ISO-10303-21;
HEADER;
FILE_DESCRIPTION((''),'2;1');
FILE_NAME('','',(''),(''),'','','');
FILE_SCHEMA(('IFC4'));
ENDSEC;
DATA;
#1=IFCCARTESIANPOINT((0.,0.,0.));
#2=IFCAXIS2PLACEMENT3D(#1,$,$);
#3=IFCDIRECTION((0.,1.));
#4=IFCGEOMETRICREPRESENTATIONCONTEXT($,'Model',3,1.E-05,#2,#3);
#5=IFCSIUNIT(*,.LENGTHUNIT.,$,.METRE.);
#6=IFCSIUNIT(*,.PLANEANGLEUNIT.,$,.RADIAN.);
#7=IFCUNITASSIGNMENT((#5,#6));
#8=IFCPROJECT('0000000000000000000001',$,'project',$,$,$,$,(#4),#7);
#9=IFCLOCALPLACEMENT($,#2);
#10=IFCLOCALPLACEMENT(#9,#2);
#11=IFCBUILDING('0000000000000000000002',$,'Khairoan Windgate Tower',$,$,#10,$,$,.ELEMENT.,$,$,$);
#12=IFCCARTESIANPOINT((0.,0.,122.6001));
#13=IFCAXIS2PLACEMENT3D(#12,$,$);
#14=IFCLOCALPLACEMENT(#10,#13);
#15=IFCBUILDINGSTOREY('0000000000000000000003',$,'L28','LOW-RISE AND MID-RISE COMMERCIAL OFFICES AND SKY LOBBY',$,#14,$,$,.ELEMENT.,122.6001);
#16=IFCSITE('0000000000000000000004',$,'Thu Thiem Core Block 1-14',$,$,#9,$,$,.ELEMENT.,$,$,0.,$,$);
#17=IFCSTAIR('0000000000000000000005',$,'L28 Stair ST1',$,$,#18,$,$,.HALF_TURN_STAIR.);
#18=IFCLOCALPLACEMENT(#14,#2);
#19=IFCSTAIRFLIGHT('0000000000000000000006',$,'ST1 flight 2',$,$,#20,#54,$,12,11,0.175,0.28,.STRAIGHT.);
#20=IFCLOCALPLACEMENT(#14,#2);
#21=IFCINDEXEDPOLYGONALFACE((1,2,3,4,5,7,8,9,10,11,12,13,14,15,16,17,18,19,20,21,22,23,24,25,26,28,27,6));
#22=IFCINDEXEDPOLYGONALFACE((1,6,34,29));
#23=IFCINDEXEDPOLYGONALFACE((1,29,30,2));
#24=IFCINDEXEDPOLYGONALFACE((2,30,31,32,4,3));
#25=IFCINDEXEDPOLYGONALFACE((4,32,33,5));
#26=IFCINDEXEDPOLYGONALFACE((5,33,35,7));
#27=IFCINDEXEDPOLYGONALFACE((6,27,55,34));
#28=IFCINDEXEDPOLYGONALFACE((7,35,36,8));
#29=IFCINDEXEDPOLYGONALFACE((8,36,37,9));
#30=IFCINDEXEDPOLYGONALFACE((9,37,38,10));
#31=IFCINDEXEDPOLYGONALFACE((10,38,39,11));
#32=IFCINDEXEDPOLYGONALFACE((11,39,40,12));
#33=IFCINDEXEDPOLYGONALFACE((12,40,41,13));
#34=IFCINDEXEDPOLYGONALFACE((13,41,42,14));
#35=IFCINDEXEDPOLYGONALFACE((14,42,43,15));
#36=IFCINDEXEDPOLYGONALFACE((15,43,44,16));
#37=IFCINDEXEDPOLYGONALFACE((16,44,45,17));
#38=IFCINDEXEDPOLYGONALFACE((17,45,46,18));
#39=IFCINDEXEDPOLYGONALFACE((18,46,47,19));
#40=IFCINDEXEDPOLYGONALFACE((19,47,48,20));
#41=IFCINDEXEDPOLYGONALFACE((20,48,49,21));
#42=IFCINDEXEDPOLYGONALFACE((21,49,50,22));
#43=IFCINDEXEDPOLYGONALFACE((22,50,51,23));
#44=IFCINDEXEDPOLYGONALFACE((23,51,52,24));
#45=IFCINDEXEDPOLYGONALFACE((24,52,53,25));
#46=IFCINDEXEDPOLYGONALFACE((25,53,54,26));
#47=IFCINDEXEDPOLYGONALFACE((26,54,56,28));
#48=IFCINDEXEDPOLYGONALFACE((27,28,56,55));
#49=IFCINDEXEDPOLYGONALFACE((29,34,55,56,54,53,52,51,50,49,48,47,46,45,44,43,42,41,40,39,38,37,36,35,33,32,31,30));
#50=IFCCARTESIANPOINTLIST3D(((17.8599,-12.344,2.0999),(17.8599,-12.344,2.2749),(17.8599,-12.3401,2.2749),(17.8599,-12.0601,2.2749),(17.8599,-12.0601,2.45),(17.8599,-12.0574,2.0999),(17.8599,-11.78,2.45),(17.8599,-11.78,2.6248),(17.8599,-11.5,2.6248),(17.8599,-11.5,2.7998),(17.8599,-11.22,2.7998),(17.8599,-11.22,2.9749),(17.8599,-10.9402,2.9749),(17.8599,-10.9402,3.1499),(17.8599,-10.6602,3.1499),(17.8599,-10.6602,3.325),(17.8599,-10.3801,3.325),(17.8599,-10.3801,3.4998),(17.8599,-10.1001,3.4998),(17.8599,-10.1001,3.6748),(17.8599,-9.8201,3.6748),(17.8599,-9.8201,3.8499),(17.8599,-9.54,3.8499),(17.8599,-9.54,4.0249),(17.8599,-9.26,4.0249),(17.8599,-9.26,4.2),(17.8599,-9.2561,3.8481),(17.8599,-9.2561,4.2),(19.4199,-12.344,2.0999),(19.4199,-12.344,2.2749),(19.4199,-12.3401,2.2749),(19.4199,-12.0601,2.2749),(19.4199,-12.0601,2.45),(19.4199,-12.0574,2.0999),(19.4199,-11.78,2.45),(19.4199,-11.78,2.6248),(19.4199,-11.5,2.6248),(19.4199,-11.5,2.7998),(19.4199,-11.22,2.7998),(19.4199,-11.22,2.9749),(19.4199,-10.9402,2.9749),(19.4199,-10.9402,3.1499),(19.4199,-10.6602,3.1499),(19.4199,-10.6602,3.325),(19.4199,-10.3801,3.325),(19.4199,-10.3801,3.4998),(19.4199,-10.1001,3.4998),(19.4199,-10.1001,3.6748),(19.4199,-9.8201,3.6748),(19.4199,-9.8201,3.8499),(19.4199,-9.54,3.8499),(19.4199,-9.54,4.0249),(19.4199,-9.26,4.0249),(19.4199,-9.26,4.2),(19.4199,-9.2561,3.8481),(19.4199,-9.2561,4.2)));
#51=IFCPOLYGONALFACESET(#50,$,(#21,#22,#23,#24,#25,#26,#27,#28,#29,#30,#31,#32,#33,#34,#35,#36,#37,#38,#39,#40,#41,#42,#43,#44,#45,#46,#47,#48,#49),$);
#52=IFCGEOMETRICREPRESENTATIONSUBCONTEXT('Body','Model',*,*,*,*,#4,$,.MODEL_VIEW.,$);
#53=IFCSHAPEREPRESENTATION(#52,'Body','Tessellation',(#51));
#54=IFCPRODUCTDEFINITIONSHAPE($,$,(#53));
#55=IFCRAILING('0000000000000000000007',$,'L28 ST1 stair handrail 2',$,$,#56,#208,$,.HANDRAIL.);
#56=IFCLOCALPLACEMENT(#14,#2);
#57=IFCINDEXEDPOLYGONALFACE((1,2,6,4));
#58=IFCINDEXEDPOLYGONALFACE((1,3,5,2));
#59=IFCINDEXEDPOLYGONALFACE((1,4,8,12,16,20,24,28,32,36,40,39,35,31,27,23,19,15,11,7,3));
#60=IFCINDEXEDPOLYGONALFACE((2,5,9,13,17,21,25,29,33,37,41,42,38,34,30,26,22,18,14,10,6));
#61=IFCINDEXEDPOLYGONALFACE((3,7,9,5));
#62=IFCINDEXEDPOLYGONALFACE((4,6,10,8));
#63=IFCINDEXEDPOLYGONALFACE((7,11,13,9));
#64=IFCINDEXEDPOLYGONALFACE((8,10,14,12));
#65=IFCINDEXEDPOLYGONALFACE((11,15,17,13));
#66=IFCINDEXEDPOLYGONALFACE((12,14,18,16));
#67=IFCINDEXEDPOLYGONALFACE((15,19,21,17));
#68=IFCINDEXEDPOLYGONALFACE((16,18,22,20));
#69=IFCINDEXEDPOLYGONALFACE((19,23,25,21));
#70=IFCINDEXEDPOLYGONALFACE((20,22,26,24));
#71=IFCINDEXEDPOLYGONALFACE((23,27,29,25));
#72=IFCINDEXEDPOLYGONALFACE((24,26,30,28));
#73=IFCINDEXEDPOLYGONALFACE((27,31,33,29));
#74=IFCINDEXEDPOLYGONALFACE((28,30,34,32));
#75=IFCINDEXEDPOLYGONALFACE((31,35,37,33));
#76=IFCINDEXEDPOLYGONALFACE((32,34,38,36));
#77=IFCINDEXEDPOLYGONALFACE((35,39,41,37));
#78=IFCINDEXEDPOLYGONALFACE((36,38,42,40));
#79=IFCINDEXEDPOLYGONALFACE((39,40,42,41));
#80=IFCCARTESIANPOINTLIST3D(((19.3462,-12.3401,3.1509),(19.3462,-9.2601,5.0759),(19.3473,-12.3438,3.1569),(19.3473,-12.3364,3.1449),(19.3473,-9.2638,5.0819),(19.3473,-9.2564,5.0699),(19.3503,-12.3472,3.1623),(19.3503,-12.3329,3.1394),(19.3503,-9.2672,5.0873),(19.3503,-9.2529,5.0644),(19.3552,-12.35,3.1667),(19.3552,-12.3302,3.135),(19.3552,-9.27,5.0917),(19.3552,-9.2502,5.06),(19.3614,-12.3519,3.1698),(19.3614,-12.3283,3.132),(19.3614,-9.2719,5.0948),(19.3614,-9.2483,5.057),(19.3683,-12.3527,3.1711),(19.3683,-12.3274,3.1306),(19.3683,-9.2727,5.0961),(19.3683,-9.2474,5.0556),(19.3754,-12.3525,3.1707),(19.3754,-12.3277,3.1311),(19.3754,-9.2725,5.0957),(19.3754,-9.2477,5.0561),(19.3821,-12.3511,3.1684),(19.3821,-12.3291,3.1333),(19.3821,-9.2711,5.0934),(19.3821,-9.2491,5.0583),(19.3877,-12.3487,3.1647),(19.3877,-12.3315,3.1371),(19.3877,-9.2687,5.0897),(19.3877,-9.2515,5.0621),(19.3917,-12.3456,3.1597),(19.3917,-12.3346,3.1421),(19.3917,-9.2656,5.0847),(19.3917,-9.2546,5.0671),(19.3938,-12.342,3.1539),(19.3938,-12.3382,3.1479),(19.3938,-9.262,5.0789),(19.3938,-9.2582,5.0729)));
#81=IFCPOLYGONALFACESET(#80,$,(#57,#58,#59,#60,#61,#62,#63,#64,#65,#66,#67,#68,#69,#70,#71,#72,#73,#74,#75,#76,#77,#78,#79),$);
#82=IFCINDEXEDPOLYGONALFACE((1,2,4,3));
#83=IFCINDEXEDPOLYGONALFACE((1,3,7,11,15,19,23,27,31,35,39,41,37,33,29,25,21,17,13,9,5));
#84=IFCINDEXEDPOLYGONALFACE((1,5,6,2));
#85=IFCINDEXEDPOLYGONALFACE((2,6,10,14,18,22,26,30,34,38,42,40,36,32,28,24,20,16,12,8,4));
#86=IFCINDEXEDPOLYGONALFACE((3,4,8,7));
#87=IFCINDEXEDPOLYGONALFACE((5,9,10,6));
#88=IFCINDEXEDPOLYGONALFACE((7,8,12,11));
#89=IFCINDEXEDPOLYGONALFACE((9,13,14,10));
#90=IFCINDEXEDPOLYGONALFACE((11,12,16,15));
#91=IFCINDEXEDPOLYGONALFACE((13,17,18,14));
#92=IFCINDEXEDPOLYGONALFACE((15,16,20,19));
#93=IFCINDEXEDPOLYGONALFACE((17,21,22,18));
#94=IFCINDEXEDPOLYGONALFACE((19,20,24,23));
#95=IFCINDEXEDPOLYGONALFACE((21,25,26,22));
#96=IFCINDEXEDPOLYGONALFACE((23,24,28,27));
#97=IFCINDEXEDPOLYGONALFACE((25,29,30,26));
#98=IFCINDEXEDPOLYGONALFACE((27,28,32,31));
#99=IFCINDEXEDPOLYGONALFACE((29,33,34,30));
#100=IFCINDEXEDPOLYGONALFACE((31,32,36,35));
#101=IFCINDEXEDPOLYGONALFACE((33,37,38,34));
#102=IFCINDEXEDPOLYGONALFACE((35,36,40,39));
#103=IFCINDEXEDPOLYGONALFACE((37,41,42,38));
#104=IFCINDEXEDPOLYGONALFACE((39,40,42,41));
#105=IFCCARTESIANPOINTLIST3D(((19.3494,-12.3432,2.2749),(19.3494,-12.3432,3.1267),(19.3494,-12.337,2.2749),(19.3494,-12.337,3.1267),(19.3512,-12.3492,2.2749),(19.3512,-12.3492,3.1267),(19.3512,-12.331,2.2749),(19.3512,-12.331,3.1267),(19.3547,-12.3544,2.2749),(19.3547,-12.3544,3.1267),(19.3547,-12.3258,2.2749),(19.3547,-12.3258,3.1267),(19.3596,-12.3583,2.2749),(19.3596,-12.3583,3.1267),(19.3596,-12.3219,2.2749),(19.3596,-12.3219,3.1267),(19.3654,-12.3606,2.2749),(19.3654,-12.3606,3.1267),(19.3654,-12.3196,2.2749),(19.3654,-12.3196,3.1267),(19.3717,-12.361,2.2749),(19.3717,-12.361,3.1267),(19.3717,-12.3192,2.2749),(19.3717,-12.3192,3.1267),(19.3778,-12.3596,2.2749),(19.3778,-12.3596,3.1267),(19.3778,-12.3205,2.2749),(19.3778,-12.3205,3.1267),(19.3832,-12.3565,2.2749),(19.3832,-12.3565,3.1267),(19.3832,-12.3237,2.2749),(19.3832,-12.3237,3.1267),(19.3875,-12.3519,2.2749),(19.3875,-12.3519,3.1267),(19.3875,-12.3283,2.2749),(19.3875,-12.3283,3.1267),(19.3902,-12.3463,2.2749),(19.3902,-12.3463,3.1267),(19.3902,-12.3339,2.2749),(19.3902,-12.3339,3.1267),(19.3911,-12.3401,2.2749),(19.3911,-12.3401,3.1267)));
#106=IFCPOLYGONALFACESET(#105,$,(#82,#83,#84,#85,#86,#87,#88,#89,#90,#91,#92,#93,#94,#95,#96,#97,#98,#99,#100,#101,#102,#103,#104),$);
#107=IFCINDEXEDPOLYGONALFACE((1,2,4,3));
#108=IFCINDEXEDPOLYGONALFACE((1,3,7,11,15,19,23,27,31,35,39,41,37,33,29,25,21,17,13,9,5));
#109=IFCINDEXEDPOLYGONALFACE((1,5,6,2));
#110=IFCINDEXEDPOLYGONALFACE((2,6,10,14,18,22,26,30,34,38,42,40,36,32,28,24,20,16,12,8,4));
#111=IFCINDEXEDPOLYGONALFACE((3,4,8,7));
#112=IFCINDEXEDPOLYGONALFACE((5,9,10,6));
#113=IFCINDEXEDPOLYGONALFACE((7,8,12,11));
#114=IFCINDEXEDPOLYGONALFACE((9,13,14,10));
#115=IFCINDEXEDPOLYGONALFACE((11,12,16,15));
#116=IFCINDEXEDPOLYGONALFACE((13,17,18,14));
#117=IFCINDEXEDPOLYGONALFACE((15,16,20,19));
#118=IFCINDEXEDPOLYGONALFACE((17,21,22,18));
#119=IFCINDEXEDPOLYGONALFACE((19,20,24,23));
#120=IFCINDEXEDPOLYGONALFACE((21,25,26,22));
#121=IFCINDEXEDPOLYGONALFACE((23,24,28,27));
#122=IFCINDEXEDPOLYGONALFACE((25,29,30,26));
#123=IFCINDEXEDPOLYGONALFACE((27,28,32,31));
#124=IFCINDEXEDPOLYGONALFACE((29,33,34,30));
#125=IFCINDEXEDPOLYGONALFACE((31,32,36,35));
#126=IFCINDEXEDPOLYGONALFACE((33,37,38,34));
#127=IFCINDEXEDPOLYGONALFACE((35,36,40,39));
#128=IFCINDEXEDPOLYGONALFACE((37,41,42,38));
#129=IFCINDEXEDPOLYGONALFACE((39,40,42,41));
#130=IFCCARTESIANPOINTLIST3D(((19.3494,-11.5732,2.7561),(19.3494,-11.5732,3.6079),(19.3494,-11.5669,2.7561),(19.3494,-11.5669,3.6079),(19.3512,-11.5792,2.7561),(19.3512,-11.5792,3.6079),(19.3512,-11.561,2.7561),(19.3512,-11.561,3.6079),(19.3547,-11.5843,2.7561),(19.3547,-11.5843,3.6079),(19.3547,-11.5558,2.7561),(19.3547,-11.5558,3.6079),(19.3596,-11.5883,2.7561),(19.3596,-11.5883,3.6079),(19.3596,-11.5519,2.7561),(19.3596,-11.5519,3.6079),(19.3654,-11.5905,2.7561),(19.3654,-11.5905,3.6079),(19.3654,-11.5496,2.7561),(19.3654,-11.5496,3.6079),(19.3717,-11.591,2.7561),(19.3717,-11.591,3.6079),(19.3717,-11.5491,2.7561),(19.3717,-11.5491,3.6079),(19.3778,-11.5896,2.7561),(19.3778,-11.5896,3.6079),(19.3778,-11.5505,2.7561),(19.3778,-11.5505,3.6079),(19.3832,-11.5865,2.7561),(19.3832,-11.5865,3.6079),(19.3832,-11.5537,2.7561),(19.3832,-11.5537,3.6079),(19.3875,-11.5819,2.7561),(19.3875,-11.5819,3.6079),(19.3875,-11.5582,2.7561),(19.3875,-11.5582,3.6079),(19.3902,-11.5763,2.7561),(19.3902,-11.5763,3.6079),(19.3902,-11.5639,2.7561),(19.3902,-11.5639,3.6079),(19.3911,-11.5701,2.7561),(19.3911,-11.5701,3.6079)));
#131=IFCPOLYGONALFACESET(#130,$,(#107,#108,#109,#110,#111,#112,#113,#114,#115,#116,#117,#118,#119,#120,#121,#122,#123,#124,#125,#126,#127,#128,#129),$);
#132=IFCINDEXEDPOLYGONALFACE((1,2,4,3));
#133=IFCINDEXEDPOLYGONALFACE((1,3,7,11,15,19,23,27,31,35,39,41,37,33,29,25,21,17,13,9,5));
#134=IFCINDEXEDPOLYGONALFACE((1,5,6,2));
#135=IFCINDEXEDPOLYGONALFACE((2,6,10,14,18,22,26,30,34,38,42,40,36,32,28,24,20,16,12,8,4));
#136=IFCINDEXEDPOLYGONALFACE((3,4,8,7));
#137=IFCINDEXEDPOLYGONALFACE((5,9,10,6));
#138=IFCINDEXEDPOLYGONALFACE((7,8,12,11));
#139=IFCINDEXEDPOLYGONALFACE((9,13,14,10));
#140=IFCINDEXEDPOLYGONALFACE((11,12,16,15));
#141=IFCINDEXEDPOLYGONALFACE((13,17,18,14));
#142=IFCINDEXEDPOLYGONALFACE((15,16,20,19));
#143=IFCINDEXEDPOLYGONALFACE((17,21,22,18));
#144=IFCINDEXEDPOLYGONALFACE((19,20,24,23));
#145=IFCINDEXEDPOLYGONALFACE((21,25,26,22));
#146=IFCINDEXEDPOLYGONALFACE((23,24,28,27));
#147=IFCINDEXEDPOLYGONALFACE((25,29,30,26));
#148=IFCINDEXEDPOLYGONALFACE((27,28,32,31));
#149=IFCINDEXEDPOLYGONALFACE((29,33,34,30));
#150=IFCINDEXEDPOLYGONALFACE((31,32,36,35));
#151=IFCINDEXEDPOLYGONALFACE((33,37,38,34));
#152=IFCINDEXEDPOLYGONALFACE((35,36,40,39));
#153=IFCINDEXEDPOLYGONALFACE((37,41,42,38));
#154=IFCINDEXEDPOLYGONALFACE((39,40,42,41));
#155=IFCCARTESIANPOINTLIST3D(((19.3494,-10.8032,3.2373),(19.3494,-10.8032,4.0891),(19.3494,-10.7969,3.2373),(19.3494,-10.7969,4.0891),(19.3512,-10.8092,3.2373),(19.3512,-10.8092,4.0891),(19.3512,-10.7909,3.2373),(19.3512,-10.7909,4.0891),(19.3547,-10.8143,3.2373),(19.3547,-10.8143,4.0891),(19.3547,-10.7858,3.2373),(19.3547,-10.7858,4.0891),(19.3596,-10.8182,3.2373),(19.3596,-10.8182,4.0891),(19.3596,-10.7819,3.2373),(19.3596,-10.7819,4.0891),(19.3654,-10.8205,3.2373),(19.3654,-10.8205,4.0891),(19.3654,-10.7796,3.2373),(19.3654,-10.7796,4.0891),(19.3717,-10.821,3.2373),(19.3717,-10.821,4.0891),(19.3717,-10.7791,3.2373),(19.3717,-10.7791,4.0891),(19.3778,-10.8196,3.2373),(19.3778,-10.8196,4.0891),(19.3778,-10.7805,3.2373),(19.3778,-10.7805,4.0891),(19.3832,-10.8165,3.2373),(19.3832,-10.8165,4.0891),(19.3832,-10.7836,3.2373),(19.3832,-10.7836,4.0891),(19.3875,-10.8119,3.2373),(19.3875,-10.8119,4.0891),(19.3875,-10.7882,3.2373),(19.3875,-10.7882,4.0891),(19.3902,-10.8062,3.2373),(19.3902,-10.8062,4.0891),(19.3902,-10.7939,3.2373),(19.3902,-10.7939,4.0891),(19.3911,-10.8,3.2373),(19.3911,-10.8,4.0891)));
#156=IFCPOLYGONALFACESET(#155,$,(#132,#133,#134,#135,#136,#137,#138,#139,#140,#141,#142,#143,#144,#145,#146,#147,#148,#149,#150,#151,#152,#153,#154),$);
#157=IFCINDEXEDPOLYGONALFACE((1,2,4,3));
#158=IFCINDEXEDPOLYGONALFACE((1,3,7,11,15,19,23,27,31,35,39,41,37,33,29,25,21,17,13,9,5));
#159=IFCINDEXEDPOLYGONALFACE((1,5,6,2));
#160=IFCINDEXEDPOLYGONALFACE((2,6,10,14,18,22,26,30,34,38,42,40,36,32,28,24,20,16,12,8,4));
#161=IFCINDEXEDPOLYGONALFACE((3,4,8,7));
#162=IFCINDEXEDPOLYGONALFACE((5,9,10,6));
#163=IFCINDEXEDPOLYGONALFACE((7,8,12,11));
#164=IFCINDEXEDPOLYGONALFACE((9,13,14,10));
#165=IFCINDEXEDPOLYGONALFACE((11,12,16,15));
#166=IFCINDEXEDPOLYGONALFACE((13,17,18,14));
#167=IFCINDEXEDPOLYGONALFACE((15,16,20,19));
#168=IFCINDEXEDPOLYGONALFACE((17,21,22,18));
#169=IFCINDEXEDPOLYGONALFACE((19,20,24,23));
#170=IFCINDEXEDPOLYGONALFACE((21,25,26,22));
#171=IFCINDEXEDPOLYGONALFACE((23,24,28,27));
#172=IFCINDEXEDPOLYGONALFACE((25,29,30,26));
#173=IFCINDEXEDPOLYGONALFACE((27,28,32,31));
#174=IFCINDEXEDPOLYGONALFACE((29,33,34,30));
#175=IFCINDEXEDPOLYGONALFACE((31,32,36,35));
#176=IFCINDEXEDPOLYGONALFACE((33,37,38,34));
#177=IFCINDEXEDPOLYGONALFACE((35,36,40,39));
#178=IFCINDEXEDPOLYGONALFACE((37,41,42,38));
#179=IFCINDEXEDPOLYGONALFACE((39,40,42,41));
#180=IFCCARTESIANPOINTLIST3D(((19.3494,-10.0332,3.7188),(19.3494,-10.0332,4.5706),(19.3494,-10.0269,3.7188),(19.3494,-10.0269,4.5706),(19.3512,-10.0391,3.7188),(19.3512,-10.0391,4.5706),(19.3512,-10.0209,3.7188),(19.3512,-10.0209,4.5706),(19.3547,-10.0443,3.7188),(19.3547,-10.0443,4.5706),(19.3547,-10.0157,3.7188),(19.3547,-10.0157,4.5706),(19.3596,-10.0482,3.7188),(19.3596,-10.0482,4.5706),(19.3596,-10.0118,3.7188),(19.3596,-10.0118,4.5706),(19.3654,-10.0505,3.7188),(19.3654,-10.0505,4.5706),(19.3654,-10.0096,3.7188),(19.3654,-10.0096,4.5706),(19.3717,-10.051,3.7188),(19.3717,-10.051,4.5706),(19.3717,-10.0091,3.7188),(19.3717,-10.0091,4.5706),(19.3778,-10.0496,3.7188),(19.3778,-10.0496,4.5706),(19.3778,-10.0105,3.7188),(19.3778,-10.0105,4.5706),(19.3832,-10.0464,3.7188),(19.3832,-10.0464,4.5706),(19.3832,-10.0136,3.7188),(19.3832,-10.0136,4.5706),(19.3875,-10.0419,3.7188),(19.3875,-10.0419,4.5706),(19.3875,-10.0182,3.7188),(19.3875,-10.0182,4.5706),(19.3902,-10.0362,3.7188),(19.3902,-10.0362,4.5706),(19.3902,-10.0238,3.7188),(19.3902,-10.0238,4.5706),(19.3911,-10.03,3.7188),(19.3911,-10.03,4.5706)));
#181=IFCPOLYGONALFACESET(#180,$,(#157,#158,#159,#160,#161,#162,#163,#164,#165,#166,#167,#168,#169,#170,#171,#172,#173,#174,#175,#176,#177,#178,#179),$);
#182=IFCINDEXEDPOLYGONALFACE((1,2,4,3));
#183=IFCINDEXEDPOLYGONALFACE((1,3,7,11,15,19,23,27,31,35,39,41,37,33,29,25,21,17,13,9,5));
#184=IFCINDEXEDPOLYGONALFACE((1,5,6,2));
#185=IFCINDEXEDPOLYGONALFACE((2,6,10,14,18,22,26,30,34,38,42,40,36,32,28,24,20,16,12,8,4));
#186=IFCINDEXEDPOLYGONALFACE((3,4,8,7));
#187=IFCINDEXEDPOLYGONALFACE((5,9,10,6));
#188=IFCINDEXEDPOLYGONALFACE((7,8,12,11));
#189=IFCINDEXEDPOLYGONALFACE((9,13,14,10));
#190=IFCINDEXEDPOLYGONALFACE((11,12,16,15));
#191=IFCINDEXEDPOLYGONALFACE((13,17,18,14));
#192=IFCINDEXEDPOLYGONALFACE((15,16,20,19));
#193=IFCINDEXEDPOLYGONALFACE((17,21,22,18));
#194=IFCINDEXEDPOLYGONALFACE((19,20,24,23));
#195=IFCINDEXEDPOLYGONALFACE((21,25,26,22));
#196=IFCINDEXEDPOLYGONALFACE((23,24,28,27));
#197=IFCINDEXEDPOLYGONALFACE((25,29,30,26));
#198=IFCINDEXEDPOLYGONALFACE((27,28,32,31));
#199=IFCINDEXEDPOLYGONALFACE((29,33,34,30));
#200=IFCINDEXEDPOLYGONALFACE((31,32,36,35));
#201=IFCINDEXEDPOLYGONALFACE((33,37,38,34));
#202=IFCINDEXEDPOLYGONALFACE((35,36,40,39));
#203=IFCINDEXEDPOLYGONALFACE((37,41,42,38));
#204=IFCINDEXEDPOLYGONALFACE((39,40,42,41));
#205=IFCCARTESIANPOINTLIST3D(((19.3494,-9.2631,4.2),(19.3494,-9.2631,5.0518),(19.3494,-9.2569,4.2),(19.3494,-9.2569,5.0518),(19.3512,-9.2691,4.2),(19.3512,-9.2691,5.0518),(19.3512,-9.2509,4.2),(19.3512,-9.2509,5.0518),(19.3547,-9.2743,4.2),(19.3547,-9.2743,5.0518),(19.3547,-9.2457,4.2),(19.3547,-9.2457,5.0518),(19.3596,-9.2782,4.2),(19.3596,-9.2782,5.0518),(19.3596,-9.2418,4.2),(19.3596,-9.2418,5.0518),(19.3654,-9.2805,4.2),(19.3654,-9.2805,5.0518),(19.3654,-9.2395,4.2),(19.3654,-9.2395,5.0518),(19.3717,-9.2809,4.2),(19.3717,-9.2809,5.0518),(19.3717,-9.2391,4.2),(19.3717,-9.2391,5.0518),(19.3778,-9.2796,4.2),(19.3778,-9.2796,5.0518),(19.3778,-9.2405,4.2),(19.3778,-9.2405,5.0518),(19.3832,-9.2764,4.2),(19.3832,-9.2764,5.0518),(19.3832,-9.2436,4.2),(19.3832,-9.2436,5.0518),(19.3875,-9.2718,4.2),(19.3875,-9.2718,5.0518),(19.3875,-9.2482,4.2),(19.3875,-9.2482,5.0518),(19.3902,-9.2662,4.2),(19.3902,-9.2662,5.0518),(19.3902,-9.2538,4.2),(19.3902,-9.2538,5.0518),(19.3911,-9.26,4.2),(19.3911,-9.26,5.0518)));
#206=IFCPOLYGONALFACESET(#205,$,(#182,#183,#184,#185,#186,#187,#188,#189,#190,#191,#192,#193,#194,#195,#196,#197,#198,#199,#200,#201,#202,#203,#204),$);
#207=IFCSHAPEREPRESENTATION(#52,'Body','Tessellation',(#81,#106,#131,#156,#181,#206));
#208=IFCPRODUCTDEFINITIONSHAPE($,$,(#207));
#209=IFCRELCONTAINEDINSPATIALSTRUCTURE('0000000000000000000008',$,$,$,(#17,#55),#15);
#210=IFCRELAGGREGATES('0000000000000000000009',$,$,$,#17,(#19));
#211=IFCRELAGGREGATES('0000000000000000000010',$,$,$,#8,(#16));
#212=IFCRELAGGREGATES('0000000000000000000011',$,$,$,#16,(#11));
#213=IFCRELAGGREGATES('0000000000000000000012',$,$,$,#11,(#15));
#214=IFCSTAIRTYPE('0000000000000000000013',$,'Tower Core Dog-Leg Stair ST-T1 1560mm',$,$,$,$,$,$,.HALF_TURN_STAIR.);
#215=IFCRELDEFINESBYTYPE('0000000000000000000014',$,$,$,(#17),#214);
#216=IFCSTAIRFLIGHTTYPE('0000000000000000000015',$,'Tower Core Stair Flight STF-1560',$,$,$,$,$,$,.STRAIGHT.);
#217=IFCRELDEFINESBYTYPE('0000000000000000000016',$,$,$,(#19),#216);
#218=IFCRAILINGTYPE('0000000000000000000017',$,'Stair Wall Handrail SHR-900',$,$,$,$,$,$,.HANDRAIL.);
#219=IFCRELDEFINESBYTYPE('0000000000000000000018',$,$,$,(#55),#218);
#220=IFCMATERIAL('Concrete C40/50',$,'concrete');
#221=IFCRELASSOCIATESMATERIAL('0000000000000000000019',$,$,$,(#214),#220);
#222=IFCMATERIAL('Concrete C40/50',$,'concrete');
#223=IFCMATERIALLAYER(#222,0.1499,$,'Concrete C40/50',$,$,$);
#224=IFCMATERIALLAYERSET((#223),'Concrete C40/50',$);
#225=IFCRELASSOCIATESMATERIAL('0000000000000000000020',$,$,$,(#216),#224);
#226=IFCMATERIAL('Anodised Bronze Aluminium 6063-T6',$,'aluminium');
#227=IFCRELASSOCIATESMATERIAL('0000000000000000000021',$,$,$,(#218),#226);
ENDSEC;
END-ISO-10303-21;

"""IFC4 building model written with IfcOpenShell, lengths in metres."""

from ifc_helpers import new_model, si_unit, direction, frame, origin, origin_2d, place, context, subcontext, project, spatial, polyline, circle, outline, extrude, material, layer, layer_set, type_object, element, aggregate, save


model = new_model("IFC4")

# Units and contexts
model_context = context("Model", 3, precision=1e-05, world=origin(), true_north=direction((0.0, 1.0)))
body_context = subcontext(model_context, "Body", "Model", "MODEL_VIEW")
ifc_project = project(units=[si_unit("LENGTHUNIT", "METRE"), si_unit("PLANEANGLEUNIT", "RADIAN")], contexts=[model_context])

# Site, building, storey
site_placement = place(None, origin())
site = spatial("IfcSite", under=ifc_project, at=site_placement, Name="Thu Thiem Core Block 1-14", CompositionType="ELEMENT", RefElevation=0.0)
building_placement = place(site_placement, origin())
building = spatial("IfcBuilding", under=site, at=building_placement, Name="Khairoan Windgate Tower", CompositionType="ELEMENT")
storey_placement = place(building_placement, frame((0.0, 0.0, 122.6001)))
storey = spatial("IfcBuildingStorey", under=building, at=storey_placement, Name="L28", Description="LOW-RISE AND MID-RISE COMMERCIAL OFFICES AND SKY LOBBY", CompositionType="ELEMENT", Elevation=122.6001)

# Stair, stair flight
ifc_material_1 = material(Name="Concrete C40/50", Category="concrete")
stair_type = type_object("IfcStairType", Name="Tower Core Dog-Leg Stair ST-T1 1560mm", PredefinedType="HALF_TURN_STAIR", material=ifc_material_1)
stair_placement = place(storey_placement, origin())
stair = element("IfcStair", 1, at=stair_placement, inside=storey, type_object=stair_type, Name="L28 Stair ST1", PredefinedType="HALF_TURN_STAIR")
ifc_material_2 = material(Name="Concrete C40/50", Category="concrete")
ifc_layer_1 = layer(ifc_material_2, 0.1499, Name="Concrete C40/50")
ifc_layer_set_1 = layer_set([ifc_layer_1], Name="Concrete C40/50")
stair_flight_type = type_object("IfcStairFlightType", Name="Tower Core Stair Flight STF-1560", PredefinedType="STRAIGHT", material=ifc_layer_set_1)
stair_flight_placement = place(storey_placement, frame((18.6399, -12.3401, 2.0999), z_axis=(0.0, 0.0, 1.0), x_axis=(0.0, 1.0, 0.0)))
stair_flight = element("IfcStairFlight", 2, at=stair_flight_placement, type_object=stair_flight_type, Name="ST1 flight 2", NumberOfRisers=12, NumberOfTreads=11, PredefinedType="STRAIGHT", RiserHeight=0.175, TreadLength=0.28, context=body_context, shape_type="SweptSolid", body=[
    extrude(outline(polyline([(-0.0039, 0.0), (-0.0039, 0.175), (0.0, 0.175), (0.28, 0.175), (0.28, 0.3501), (0.5601, 0.3501), (0.5601, 0.5249), (0.8401, 0.5249), (0.8401, 0.7), (1.1201, 0.7), (1.1201, 0.875), (1.3999, 0.875), (1.3999, 1.05), (1.6799, 1.05), (1.6799, 1.2251), (1.96, 1.2251), (1.96, 1.3999), (2.24, 1.3999), (2.24, 1.575), (2.52, 1.575), (2.52, 1.75), (2.8, 1.75), (2.8, 1.925), (3.0801, 1.925), (3.0801, 2.1001), (3.084, 2.1001), (3.084, 1.7483), (0.2827, 0.0), (-0.0039, 0.0)])), frame((0.0, 0.78, 0.0), z_axis=(0.0, -1.0, 0.0), x_axis=(1.0, 0.0, 0.0)), (0.0, 0.0, 1.0), 1.5601),
])
aggregate(stair, [stair_flight])

# Railing
ifc_material_3 = material(Name="Anodised Bronze Aluminium 6063-T6", Category="aluminium")
railing_type_1 = type_object("IfcRailingType", Name="Stair Wall Handrail SHR-900", PredefinedType="HANDRAIL", material=ifc_material_3)
railing_1_placement = place(storey_placement, frame((19.3701, -12.3401, 2.2749)))
element("IfcRailing", 3, at=railing_1_placement, inside=storey, type_object=railing_type_1, Name="L28 ST1 stair handrail 2", PredefinedType="HANDRAIL", context=body_context, shape_type="SweptSolid", body=[
    extrude(circle(Radius=0.0239, at=origin_2d()), frame((0.0, 0.0, 0.876), z_axis=(0.0, 0.847998, 0.529999), x_axis=(-1.0, 0.0, 0.0)), (0.0, 0.0, 1.0), 3.6321),
    extrude(circle(Radius=0.021, at=origin_2d()), origin(), (0.0, 0.0, 1.0), 0.8518),
    extrude(circle(Radius=0.021, at=origin_2d()), frame((0.0, 0.77, 0.4812)), (0.0, 0.0, 1.0), 0.8518),
    extrude(circle(Radius=0.021, at=origin_2d()), frame((0.0, 1.54, 0.9624)), (0.0, 0.0, 1.0), 0.8518),
    extrude(circle(Radius=0.021, at=origin_2d()), frame((0.0, 2.3101, 1.4438)), (0.0, 0.0, 1.0), 0.8518),
    extrude(circle(Radius=0.021, at=origin_2d()), frame((0.0, 3.0801, 1.925)), (0.0, 0.0, 1.0), 0.8518),
])

save(model, "model.ifc")
